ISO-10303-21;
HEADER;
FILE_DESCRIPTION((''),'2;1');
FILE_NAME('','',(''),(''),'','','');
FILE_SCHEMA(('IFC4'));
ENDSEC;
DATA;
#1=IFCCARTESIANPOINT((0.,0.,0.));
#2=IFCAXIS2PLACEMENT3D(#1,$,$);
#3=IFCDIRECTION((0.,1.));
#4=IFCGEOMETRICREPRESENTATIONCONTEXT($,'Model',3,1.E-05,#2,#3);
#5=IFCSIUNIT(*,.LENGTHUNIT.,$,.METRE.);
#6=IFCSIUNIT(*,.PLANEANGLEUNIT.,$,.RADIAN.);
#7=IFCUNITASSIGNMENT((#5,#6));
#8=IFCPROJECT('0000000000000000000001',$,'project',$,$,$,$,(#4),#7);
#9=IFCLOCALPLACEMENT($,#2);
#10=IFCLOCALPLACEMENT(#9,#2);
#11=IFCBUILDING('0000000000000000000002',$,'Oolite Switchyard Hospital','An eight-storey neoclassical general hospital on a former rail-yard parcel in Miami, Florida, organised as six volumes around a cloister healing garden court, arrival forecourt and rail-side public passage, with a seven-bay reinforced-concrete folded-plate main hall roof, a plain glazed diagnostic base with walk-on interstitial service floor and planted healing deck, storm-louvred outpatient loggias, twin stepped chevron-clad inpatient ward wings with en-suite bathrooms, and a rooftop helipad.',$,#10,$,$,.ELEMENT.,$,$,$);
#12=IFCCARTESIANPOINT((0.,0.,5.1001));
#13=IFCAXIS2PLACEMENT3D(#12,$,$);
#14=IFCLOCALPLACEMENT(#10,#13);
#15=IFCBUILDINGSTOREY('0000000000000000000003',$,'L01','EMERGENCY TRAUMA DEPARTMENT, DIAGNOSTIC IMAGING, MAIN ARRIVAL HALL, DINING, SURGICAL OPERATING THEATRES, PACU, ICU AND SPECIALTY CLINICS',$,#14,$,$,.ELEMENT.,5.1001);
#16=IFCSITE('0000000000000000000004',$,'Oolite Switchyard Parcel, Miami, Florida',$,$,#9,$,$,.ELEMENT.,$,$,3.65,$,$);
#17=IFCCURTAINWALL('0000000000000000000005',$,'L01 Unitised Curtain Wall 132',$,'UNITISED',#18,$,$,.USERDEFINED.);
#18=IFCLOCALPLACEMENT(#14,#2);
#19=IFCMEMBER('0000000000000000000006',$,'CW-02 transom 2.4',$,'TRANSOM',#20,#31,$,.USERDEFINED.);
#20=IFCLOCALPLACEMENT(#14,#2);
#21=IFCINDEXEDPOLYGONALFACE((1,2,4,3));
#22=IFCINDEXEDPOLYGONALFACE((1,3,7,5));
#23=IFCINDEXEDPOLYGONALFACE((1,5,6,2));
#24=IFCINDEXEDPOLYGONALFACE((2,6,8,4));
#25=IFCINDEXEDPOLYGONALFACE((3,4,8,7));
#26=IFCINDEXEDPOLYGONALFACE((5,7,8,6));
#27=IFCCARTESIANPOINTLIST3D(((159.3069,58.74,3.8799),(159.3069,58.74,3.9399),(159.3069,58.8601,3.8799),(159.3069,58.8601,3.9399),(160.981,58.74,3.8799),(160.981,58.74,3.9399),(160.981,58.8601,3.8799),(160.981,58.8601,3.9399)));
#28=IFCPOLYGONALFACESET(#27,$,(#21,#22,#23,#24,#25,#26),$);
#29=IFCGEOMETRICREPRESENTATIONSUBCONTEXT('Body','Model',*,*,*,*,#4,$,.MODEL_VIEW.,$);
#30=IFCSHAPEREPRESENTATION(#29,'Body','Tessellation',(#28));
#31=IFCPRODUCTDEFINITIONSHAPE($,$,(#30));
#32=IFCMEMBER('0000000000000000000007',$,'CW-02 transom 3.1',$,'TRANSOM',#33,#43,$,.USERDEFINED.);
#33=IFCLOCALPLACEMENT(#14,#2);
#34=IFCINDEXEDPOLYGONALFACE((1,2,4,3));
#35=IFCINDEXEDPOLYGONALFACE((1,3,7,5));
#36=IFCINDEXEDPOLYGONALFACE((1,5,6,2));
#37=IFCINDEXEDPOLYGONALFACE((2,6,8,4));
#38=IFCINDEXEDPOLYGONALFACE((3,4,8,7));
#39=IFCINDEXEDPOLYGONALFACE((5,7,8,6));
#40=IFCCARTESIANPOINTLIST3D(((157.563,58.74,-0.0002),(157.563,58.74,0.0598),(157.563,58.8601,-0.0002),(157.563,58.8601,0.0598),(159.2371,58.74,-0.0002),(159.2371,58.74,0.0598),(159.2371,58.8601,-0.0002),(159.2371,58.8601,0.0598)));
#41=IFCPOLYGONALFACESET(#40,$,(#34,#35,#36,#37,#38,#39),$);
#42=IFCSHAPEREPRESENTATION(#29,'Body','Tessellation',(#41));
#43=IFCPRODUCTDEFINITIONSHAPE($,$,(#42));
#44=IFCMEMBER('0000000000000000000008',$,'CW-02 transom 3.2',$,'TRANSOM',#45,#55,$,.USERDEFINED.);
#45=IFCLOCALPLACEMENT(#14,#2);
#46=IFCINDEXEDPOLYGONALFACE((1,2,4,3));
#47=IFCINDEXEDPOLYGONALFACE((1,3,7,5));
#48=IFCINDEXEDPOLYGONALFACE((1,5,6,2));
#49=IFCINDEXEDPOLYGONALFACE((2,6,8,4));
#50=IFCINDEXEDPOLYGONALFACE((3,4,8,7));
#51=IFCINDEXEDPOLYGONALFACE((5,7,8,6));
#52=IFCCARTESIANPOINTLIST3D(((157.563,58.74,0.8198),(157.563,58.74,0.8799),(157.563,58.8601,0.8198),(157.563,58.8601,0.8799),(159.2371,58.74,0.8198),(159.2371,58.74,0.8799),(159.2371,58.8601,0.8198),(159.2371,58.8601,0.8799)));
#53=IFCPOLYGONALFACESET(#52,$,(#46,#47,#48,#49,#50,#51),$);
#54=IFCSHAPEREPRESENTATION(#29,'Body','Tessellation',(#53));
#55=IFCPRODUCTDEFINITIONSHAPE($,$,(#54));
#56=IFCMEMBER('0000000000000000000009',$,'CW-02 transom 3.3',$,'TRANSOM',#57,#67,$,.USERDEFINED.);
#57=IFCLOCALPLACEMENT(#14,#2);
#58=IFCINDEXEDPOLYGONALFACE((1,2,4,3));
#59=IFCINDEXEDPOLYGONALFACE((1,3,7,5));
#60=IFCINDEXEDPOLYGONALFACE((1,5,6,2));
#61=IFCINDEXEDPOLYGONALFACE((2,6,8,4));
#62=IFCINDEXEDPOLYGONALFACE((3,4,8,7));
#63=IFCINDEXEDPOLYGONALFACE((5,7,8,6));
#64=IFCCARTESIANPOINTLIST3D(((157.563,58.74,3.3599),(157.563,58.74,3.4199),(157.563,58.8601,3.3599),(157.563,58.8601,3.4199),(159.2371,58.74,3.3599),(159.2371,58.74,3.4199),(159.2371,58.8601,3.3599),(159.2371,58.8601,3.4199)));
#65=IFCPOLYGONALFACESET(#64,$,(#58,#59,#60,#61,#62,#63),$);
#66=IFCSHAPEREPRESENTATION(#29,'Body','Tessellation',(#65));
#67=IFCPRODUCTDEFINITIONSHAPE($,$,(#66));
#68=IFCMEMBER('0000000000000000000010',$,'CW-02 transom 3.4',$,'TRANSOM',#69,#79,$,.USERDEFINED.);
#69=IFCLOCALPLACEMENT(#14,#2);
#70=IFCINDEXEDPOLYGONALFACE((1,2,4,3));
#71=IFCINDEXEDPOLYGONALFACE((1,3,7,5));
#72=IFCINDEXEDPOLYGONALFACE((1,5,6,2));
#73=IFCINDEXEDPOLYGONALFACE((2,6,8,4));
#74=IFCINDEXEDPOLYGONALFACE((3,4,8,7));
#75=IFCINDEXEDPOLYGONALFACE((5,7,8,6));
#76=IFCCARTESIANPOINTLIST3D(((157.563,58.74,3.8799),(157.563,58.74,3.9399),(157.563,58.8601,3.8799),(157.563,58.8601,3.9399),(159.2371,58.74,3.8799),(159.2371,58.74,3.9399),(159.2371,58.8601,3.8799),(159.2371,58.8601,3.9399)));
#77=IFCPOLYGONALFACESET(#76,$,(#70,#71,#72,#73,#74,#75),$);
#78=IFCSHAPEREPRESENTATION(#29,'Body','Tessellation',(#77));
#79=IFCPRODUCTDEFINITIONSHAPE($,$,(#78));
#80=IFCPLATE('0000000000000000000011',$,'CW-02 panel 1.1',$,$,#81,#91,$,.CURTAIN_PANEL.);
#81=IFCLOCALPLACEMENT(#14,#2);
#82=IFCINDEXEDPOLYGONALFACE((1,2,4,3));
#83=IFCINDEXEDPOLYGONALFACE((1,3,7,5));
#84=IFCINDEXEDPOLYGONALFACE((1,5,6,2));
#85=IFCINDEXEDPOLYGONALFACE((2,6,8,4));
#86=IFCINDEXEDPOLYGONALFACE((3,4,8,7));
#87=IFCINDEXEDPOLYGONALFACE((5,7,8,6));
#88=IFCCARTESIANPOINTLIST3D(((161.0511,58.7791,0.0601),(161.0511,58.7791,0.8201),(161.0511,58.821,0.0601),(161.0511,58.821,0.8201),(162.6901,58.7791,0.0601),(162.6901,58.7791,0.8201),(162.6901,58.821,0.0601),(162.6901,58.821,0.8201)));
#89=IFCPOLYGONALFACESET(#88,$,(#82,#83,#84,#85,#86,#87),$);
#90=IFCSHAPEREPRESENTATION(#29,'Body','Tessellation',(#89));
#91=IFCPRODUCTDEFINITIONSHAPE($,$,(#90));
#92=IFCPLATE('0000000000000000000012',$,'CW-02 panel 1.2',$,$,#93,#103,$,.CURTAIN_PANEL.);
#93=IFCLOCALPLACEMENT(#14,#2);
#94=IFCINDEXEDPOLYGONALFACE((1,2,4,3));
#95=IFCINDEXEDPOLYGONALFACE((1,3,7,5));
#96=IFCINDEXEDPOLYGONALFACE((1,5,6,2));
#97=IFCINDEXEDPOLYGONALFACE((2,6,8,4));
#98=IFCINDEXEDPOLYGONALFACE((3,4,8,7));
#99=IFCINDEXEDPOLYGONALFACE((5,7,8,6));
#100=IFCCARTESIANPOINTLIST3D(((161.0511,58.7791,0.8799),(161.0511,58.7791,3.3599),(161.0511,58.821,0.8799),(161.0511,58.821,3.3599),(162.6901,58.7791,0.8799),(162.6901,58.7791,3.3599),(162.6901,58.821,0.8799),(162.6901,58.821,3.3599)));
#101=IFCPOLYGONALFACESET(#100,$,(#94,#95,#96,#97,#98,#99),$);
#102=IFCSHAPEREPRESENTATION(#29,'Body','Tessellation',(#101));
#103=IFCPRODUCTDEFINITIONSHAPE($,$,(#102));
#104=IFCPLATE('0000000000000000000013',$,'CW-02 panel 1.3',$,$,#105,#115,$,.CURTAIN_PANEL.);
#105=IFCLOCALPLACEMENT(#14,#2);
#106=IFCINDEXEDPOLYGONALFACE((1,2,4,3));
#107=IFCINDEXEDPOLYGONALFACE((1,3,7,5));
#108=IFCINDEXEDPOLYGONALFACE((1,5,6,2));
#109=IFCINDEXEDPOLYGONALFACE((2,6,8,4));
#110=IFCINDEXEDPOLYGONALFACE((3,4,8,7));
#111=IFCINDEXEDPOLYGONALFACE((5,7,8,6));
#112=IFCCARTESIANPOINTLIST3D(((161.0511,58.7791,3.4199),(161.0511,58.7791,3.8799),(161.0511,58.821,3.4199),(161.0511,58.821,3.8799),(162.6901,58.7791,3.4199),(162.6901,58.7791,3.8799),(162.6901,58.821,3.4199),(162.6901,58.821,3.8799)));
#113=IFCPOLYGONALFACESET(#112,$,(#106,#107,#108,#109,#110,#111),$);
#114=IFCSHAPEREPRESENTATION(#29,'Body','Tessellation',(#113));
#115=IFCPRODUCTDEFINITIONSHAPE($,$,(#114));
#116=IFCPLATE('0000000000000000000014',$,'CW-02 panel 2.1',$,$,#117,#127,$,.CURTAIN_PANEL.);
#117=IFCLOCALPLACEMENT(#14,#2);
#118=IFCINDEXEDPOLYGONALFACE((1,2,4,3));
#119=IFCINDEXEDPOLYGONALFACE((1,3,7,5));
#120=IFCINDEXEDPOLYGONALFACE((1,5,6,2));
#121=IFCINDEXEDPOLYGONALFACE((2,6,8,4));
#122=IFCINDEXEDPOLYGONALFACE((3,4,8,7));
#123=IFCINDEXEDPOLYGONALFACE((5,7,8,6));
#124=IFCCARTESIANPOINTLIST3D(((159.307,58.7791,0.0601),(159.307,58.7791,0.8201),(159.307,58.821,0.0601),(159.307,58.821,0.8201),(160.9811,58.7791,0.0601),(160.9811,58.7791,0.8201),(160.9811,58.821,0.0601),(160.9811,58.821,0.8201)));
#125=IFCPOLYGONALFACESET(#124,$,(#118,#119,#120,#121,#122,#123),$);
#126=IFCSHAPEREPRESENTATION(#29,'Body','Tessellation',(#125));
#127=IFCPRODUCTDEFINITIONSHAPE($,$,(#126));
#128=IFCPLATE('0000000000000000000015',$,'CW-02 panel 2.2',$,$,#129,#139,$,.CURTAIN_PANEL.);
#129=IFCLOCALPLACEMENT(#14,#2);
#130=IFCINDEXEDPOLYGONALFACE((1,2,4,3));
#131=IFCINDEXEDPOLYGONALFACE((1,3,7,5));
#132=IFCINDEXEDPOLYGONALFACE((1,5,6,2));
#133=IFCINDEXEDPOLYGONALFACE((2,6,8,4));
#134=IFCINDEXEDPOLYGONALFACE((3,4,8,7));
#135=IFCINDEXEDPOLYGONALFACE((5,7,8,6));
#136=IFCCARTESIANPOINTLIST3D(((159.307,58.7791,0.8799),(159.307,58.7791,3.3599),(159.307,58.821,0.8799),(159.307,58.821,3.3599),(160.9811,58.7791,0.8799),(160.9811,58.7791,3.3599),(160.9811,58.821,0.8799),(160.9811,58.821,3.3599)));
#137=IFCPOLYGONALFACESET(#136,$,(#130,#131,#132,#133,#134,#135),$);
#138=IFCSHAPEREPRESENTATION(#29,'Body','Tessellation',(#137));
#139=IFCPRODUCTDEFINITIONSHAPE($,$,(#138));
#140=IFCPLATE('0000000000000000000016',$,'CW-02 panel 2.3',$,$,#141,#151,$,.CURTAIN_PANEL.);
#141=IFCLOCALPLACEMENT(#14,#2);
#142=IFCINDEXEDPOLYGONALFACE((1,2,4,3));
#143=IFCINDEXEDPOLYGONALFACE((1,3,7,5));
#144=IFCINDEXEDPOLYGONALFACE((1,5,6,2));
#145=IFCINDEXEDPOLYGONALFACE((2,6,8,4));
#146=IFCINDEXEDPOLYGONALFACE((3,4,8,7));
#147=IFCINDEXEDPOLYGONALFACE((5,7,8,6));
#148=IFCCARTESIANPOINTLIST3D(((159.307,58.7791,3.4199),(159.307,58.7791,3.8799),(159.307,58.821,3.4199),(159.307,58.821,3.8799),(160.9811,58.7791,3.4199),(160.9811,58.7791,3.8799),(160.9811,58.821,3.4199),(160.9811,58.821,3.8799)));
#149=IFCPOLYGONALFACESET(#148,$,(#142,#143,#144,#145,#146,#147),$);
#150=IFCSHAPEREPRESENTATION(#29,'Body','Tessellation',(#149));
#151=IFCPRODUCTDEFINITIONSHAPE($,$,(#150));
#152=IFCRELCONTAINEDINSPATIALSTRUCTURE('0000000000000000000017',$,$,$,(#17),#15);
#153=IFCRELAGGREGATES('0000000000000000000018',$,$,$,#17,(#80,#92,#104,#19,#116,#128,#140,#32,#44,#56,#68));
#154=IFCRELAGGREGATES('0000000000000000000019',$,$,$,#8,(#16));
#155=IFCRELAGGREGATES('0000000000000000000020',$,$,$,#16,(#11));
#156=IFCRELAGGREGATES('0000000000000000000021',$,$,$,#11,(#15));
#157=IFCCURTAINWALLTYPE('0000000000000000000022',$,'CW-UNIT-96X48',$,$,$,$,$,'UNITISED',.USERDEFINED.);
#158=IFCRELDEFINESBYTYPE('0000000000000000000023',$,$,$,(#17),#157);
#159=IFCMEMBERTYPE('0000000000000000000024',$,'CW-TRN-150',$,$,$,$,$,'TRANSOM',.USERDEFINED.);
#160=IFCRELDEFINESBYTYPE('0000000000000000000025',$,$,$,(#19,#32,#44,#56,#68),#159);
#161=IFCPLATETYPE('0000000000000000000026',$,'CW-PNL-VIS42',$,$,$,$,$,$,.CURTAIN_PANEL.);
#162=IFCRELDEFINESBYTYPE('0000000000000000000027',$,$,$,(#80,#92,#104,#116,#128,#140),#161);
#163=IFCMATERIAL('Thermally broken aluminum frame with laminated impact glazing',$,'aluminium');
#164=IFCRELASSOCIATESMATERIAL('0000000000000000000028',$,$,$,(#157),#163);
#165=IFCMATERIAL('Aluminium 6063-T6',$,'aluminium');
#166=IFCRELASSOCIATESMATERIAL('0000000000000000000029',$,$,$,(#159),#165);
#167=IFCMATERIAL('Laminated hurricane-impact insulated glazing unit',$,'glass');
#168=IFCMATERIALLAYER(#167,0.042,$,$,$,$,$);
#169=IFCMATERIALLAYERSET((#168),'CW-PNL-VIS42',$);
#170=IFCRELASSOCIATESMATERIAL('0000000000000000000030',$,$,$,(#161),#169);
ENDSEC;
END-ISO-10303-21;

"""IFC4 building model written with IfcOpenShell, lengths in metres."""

from ifc_helpers import new_model, si_unit, direction, frame, origin, origin_2d, place, context, subcontext, project, spatial, rectangle, extrude, material, layer, layer_set, material_profile, profile_set, type_object, element, aggregate, save


model = new_model("IFC4")

# Units and contexts
model_context = context("Model", 3, precision=1e-05, world=origin(), true_north=direction((0.0, 1.0)))
body_context = subcontext(model_context, "Body", "Model", "MODEL_VIEW")
ifc_project = project(units=[si_unit("LENGTHUNIT", "METRE"), si_unit("PLANEANGLEUNIT", "RADIAN")], contexts=[model_context])

# Site, building, storey
site_placement = place(None, origin())
site = spatial("IfcSite", under=ifc_project, at=site_placement, Name="Oolite Switchyard Parcel, Miami, Florida", CompositionType="ELEMENT", RefElevation=3.65)
building_placement = place(site_placement, origin())
building = spatial("IfcBuilding", under=site, at=building_placement, Name="Oolite Switchyard Hospital", Description="An eight-storey neoclassical general hospital on a former rail-yard parcel in Miami, Florida, organised as six volumes around a cloister healing garden court, arrival forecourt and rail-side public passage, with a seven-bay reinforced-concrete folded-plate main hall roof, a plain glazed diagnostic base with walk-on interstitial service floor and planted healing deck, storm-louvred outpatient loggias, twin stepped chevron-clad inpatient ward wings with en-suite bathrooms, and a rooftop helipad.", CompositionType="ELEMENT")
storey_placement = place(building_placement, frame((0.0, 0.0, 5.1001)))
storey = spatial("IfcBuildingStorey", under=building, at=storey_placement, Name="L01", Description="EMERGENCY TRAUMA DEPARTMENT, DIAGNOSTIC IMAGING, MAIN ARRIVAL HALL, DINING, SURGICAL OPERATING THEATRES, PACU, ICU AND SPECIALTY CLINICS", CompositionType="ELEMENT", Elevation=5.1001)

# Shared definitions
ifc_material_1 = material(Name="Thermally broken aluminum frame with laminated impact glazing", Category="aluminium")
curtain_wall_type = type_object("IfcCurtainWallType", Name="CW-UNIT-96X48", ElementType="UNITISED", PredefinedType="USERDEFINED", material=ifc_material_1)
ifc_material_2 = material(Name="Aluminium 6063-T6", Category="aluminium")

# Curtain wall, members, plates
curtain_wall_1_placement = place(storey_placement, origin())
curtain_wall_1 = element("IfcCurtainWall", 1, at=curtain_wall_1_placement, inside=storey, type_object=curtain_wall_type, Name="L01 Unitised Curtain Wall 132", ObjectType="UNITISED", PredefinedType="USERDEFINED")
ifc_material_profile_1 = material_profile(ifc_material_2, rectangle(XDim=0.1201, YDim=0.0601, at=origin_2d()), Name="CWT60X120")
ifc_profile_set_1 = profile_set([ifc_material_profile_1], Name="Aluminium 6063-T6")
member_type_1 = type_object("IfcMemberType", Name="CW-TRN-150", ElementType="TRANSOM", PredefinedType="USERDEFINED", material=ifc_profile_set_1)
member_1_placement = place(storey_placement, frame((160.981, 58.8, 3.9099), z_axis=(-1.0, 0.0, 0.0), x_axis=(0.0, -1.0, 0.0)))
member_1 = element("IfcMember", 2, at=member_1_placement, type_object=member_type_1, Name="CW-02 transom 2.4", ObjectType="TRANSOM", PredefinedType="USERDEFINED", context=body_context, shape_type="SweptSolid", body=[
    extrude(rectangle(XDim=0.1201, YDim=0.0601, at=origin_2d()), origin(), (0.0, 0.0, 1.0), 1.6741),
])
member_2_placement = place(storey_placement, frame((159.2371, 58.8, 0.0298), z_axis=(-1.0, 0.0, 0.0), x_axis=(0.0, -1.0, 0.0)))
member_2 = element("IfcMember", 3, at=member_2_placement, type_object=member_type_1, Name="CW-02 transom 3.1", ObjectType="TRANSOM", PredefinedType="USERDEFINED", context=body_context, shape_type="SweptSolid", body=[
    extrude(rectangle(XDim=0.1201, YDim=0.0601, at=origin_2d()), origin(), (0.0, 0.0, 1.0), 1.6741),
])
member_3_placement = place(storey_placement, frame((159.2371, 58.8, 0.8499), z_axis=(-1.0, 0.0, 0.0), x_axis=(0.0, -1.0, 0.0)))
member_3 = element("IfcMember", 4, at=member_3_placement, type_object=member_type_1, Name="CW-02 transom 3.2", ObjectType="TRANSOM", PredefinedType="USERDEFINED", context=body_context, shape_type="SweptSolid", body=[
    extrude(rectangle(XDim=0.1201, YDim=0.0601, at=origin_2d()), origin(), (0.0, 0.0, 1.0), 1.6741),
])
member_4_placement = place(storey_placement, frame((159.2371, 58.8, 3.3899), z_axis=(-1.0, 0.0, 0.0), x_axis=(0.0, -1.0, 0.0)))
member_4 = element("IfcMember", 5, at=member_4_placement, type_object=member_type_1, Name="CW-02 transom 3.3", ObjectType="TRANSOM", PredefinedType="USERDEFINED", context=body_context, shape_type="SweptSolid", body=[
    extrude(rectangle(XDim=0.1201, YDim=0.0601, at=origin_2d()), origin(), (0.0, 0.0, 1.0), 1.6741),
])
member_5_placement = place(storey_placement, frame((159.2371, 58.8, 3.9099), z_axis=(-1.0, 0.0, 0.0), x_axis=(0.0, -1.0, 0.0)))
member_5 = element("IfcMember", 6, at=member_5_placement, type_object=member_type_1, Name="CW-02 transom 3.4", ObjectType="TRANSOM", PredefinedType="USERDEFINED", context=body_context, shape_type="SweptSolid", body=[
    extrude(rectangle(XDim=0.1201, YDim=0.0601, at=origin_2d()), origin(), (0.0, 0.0, 1.0), 1.6741),
])
ifc_material_3 = material(Name="Laminated hurricane-impact insulated glazing unit", Category="glass")
ifc_layer = layer(ifc_material_3, 0.042)
ifc_layer_set = layer_set([ifc_layer], Name="CW-PNL-VIS42")
plate_type = type_object("IfcPlateType", Name="CW-PNL-VIS42", PredefinedType="CURTAIN_PANEL", material=ifc_layer_set)
plate_1_placement = place(storey_placement, frame((161.8706, 58.8, 0.0601), z_axis=(0.0, 0.0, 1.0), x_axis=(-1.0, 0.0, 0.0)))
plate_1 = element("IfcPlate", 7, at=plate_1_placement, type_object=plate_type, Name="CW-02 panel 1.1", PredefinedType="CURTAIN_PANEL", context=body_context, shape_type="SweptSolid", body=[
    extrude(rectangle(XDim=1.6389, YDim=0.042, at=origin_2d()), origin(), (0.0, 0.0, 1.0), 0.76),
])
plate_2_placement = place(storey_placement, frame((161.8706, 58.8, 0.8799), z_axis=(0.0, 0.0, 1.0), x_axis=(-1.0, 0.0, 0.0)))
plate_2 = element("IfcPlate", 8, at=plate_2_placement, type_object=plate_type, Name="CW-02 panel 1.2", PredefinedType="CURTAIN_PANEL", context=body_context, shape_type="SweptSolid", body=[
    extrude(rectangle(XDim=1.6389, YDim=0.042, at=origin_2d()), origin(), (0.0, 0.0, 1.0), 2.48),
])
plate_3_placement = place(storey_placement, frame((161.8706, 58.8, 3.4199), z_axis=(0.0, 0.0, 1.0), x_axis=(-1.0, 0.0, 0.0)))
plate_3 = element("IfcPlate", 9, at=plate_3_placement, type_object=plate_type, Name="CW-02 panel 1.3", PredefinedType="CURTAIN_PANEL", context=body_context, shape_type="SweptSolid", body=[
    extrude(rectangle(XDim=1.6389, YDim=0.042, at=origin_2d()), origin(), (0.0, 0.0, 1.0), 0.46),
])
plate_4_placement = place(storey_placement, frame((160.144, 58.8, 0.0601), z_axis=(0.0, 0.0, 1.0), x_axis=(-1.0, 0.0, 0.0)))
plate_4 = element("IfcPlate", 10, at=plate_4_placement, type_object=plate_type, Name="CW-02 panel 2.1", PredefinedType="CURTAIN_PANEL", context=body_context, shape_type="SweptSolid", body=[
    extrude(rectangle(XDim=1.6741, YDim=0.042, at=origin_2d()), origin(), (0.0, 0.0, 1.0), 0.76),
])
plate_5_placement = place(storey_placement, frame((160.144, 58.8, 0.8799), z_axis=(0.0, 0.0, 1.0), x_axis=(-1.0, 0.0, 0.0)))
plate_5 = element("IfcPlate", 11, at=plate_5_placement, type_object=plate_type, Name="CW-02 panel 2.2", PredefinedType="CURTAIN_PANEL", context=body_context, shape_type="SweptSolid", body=[
    extrude(rectangle(XDim=1.6741, YDim=0.042, at=origin_2d()), origin(), (0.0, 0.0, 1.0), 2.48),
])
plate_6_placement = place(storey_placement, frame((160.144, 58.8, 3.4199), z_axis=(0.0, 0.0, 1.0), x_axis=(-1.0, 0.0, 0.0)))
plate_6 = element("IfcPlate", 12, at=plate_6_placement, type_object=plate_type, Name="CW-02 panel 2.3", PredefinedType="CURTAIN_PANEL", context=body_context, shape_type="SweptSolid", body=[
    extrude(rectangle(XDim=1.6741, YDim=0.042, at=origin_2d()), origin(), (0.0, 0.0, 1.0), 0.46),
])
aggregate(curtain_wall_1, [plate_1, plate_2, plate_3, member_1, plate_4, plate_5, plate_6, member_2, member_3, member_4, member_5])

save(model, "model.ifc")
